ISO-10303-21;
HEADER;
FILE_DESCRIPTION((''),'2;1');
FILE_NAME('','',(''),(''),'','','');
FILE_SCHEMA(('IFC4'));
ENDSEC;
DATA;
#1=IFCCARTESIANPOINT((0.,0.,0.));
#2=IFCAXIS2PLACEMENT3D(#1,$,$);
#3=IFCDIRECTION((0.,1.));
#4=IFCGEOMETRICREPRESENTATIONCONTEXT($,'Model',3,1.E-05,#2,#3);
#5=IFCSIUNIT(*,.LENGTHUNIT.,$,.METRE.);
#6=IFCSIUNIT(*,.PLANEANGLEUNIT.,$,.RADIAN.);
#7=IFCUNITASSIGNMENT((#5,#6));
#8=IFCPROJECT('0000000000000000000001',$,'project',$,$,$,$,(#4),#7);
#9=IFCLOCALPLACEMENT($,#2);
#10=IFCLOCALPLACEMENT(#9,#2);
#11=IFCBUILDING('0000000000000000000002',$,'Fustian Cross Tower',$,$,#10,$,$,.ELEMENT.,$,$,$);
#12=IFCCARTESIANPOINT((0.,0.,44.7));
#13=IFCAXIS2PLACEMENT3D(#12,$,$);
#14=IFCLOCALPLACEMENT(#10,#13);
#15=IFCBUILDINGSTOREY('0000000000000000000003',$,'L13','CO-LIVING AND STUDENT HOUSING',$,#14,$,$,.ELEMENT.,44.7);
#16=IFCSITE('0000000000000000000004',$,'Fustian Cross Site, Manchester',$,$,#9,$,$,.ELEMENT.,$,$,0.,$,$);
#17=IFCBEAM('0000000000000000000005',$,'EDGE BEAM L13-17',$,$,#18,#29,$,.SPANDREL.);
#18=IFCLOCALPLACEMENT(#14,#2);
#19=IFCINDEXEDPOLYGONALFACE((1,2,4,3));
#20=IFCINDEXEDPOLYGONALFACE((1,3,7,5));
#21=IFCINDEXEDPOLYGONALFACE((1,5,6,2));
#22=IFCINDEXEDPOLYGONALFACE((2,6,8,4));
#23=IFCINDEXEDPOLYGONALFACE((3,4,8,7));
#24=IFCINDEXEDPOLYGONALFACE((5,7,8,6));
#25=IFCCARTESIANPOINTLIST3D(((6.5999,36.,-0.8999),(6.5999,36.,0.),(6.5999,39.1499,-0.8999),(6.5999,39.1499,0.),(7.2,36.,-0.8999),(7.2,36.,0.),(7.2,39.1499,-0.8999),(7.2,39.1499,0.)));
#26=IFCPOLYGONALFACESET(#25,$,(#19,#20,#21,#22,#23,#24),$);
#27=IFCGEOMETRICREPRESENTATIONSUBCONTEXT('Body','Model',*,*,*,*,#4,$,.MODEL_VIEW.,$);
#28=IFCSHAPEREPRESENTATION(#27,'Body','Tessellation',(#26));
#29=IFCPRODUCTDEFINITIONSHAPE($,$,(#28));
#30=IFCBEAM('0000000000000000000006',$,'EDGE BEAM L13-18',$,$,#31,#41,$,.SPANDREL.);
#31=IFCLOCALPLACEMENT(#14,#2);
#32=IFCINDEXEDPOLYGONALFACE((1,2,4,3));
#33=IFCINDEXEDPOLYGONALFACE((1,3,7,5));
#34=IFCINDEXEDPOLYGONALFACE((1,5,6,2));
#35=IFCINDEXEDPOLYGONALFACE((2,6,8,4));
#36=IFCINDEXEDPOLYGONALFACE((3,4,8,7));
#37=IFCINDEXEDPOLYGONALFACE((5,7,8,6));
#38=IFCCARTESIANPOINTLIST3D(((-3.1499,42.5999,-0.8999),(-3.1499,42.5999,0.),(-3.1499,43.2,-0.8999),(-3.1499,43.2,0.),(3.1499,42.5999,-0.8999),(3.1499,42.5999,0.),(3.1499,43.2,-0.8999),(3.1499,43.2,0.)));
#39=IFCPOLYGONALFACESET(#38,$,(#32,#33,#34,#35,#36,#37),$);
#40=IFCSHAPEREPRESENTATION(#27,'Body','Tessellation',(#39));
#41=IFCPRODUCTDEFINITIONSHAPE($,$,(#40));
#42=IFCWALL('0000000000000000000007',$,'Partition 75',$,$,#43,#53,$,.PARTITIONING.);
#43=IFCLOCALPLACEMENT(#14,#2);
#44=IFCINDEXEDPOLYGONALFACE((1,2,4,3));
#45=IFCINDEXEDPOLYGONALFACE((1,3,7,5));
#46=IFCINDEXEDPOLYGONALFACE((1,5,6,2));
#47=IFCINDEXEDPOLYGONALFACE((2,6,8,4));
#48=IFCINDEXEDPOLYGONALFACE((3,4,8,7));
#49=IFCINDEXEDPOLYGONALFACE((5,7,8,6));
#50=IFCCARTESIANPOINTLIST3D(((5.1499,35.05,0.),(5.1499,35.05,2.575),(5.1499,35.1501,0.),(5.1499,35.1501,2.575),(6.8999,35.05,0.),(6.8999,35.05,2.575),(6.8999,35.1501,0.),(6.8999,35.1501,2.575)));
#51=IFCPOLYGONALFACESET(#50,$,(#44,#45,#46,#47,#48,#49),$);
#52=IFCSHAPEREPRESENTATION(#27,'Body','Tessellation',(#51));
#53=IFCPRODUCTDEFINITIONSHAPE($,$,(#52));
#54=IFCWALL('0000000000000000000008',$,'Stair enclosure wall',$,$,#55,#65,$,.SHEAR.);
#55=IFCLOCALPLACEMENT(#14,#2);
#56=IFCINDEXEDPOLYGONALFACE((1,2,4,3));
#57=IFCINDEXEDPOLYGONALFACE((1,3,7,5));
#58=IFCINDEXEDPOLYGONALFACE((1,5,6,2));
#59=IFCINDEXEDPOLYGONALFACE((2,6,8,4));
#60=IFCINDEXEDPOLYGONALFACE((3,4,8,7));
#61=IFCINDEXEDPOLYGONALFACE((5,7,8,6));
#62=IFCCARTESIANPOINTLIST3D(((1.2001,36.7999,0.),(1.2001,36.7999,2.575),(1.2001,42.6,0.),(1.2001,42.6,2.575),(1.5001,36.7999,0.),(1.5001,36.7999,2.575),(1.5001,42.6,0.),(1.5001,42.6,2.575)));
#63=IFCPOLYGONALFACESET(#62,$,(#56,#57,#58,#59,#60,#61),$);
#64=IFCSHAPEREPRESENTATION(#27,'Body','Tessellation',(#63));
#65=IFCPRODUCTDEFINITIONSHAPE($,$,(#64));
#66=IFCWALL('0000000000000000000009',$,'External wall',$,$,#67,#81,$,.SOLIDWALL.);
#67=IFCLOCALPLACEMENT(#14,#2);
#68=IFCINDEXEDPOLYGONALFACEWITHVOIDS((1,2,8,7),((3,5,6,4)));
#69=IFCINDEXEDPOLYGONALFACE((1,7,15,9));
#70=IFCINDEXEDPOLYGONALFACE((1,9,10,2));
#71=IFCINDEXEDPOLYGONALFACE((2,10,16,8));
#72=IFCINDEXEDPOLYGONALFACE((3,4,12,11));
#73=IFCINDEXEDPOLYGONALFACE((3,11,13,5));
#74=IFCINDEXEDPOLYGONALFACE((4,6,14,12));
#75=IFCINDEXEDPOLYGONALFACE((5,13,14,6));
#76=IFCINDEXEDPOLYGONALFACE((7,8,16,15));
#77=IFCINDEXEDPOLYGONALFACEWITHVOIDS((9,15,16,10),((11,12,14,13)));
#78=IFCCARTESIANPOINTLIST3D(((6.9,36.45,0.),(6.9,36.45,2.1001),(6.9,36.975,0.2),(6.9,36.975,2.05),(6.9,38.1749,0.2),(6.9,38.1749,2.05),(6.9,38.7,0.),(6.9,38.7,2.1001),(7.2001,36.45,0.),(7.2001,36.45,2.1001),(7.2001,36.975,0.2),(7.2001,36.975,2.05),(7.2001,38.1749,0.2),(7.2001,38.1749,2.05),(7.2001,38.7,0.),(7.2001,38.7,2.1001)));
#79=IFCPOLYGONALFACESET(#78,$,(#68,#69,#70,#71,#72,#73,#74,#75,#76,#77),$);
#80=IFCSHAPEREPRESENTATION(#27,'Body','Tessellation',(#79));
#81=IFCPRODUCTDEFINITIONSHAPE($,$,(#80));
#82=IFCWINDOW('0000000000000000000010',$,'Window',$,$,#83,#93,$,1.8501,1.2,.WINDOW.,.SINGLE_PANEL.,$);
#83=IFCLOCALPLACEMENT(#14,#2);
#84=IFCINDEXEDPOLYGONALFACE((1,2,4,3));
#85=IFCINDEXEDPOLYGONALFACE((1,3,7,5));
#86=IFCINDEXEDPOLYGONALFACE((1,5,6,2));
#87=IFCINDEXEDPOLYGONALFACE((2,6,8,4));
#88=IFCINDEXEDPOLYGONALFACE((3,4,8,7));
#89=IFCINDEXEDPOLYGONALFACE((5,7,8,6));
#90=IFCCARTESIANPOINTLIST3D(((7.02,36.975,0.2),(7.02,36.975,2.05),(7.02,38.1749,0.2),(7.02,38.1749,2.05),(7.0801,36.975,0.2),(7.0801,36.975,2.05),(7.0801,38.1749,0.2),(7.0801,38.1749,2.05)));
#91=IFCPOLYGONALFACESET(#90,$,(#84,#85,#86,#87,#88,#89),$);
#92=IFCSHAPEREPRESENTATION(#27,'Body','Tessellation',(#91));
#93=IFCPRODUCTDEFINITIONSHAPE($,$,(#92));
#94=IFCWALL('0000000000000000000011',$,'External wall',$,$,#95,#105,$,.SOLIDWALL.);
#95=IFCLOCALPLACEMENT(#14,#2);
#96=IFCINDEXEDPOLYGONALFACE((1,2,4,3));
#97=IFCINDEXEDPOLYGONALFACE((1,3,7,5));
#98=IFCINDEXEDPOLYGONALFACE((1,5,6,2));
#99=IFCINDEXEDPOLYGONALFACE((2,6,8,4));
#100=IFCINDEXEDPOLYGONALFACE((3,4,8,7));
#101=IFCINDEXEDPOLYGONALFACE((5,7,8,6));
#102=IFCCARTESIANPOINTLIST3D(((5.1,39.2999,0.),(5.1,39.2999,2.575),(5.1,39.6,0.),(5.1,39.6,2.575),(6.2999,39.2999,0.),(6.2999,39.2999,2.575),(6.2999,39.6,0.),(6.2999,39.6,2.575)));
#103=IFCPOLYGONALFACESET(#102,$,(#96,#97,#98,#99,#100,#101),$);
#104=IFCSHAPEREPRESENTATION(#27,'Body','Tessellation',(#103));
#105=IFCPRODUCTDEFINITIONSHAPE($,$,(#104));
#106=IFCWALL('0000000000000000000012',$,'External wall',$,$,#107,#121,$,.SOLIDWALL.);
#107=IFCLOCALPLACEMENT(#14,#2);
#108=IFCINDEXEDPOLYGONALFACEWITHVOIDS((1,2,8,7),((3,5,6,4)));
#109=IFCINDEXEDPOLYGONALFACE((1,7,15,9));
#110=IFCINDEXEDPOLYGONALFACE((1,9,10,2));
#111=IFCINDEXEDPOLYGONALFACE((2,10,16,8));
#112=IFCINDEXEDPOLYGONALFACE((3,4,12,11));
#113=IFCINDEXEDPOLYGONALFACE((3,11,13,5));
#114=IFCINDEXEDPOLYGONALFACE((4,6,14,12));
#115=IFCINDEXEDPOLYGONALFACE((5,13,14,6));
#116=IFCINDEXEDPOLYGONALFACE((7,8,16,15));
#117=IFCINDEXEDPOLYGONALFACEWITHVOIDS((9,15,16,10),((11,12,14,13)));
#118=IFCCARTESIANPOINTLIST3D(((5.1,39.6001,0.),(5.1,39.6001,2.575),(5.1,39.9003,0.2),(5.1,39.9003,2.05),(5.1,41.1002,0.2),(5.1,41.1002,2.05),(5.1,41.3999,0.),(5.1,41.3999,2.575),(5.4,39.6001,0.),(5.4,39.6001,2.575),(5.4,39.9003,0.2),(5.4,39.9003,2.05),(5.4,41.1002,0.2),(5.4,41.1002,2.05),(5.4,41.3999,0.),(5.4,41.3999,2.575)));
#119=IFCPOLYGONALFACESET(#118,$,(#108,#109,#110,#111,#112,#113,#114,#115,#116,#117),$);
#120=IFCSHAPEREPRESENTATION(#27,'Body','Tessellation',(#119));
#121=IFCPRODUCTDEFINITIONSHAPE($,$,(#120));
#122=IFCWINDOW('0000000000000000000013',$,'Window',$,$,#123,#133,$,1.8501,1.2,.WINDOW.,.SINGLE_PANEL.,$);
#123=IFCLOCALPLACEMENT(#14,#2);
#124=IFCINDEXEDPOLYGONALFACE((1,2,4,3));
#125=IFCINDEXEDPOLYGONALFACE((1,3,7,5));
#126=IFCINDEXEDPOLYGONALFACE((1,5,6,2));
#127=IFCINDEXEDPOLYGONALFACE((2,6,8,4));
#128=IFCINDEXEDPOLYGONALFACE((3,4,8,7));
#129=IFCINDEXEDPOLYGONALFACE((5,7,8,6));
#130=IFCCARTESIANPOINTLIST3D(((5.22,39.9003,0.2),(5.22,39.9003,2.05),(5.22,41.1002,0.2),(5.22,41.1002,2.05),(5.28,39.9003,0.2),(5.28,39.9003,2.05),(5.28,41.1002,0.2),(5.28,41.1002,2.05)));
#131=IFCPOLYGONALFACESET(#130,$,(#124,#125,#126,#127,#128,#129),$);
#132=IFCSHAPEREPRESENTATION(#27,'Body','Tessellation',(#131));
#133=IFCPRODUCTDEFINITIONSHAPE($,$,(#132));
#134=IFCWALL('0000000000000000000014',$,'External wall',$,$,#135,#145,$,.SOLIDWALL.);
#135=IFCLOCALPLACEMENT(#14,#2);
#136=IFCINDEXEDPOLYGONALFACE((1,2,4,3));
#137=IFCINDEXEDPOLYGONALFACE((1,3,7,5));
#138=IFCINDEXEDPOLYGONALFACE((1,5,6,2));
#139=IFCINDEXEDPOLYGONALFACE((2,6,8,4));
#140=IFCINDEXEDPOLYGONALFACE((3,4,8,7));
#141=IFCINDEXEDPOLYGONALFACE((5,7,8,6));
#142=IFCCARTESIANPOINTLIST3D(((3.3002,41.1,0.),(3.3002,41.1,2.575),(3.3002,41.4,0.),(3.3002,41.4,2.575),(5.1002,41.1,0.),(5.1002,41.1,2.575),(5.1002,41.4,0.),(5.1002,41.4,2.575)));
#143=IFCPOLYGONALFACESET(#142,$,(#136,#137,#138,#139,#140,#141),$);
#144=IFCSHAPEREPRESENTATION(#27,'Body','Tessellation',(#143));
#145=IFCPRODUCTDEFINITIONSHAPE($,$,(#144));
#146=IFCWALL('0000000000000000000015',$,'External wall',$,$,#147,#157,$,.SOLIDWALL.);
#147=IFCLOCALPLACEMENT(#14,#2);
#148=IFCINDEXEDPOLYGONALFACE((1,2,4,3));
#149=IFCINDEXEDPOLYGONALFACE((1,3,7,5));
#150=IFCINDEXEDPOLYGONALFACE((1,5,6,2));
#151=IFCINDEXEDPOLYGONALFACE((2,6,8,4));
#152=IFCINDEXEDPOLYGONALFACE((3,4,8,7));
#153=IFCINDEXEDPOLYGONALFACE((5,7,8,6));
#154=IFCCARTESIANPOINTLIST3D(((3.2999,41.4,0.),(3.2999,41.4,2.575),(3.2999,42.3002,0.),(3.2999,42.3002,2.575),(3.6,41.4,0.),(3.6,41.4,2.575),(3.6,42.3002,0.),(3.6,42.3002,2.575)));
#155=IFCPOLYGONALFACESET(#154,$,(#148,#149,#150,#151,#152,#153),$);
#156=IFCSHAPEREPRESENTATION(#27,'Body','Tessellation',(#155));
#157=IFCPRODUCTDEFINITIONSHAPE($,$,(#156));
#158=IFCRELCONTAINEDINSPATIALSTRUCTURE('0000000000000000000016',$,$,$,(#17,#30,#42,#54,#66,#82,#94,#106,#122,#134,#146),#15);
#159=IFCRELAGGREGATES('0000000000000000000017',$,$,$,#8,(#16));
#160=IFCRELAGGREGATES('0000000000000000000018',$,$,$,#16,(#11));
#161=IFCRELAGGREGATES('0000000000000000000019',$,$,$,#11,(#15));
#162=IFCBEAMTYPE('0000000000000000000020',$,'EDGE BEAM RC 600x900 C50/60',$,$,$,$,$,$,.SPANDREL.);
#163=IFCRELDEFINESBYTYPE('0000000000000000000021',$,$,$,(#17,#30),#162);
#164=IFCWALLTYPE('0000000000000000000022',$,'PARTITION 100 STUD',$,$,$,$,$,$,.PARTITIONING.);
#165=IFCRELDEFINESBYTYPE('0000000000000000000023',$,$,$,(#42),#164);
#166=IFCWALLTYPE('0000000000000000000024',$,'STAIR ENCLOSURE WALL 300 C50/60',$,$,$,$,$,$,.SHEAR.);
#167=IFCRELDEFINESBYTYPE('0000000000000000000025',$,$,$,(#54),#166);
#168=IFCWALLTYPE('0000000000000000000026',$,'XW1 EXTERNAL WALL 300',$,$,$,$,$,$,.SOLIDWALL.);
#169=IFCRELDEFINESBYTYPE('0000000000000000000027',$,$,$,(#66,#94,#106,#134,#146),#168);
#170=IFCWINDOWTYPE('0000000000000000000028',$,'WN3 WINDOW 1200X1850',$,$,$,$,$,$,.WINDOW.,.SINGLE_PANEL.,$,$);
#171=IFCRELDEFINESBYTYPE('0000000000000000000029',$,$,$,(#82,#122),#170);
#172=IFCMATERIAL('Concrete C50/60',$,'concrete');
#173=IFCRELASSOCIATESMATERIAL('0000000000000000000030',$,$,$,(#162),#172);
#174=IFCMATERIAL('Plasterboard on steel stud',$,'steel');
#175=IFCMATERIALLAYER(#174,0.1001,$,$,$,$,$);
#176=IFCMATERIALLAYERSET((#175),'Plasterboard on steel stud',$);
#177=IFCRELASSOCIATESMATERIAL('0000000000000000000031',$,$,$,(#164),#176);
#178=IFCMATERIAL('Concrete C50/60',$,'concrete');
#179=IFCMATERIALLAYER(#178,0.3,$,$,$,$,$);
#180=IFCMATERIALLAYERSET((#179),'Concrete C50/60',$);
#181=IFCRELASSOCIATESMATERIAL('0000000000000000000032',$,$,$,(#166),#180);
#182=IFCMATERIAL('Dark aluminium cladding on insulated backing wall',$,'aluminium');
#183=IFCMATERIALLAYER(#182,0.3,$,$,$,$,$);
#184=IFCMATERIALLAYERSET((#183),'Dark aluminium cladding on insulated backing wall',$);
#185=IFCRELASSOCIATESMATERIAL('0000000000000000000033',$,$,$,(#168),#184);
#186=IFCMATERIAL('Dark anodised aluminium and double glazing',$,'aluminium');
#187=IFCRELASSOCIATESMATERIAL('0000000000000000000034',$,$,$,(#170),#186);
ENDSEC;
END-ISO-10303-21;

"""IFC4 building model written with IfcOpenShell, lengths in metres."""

from ifc_helpers import new_model, si_unit, direction, frame, frame_2d, origin, origin_2d, place, context, subcontext, project, spatial, rectangle, extrude, material, layer, layer_set, material_profile, profile_set, type_object, element, fill, save


model = new_model("IFC4")

# Units and contexts
model_context = context("Model", 3, precision=1e-05, world=origin(), true_north=direction((0.0, 1.0)))
body_context = subcontext(model_context, "Body", "Model", "MODEL_VIEW")
ifc_project = project(units=[si_unit("LENGTHUNIT", "METRE"), si_unit("PLANEANGLEUNIT", "RADIAN")], contexts=[model_context])

# Site, building, storey
site_placement = place(None, origin())
site = spatial("IfcSite", under=ifc_project, at=site_placement, Name="Fustian Cross Site, Manchester", CompositionType="ELEMENT", RefElevation=0.0)
building_placement = place(site_placement, origin())
building = spatial("IfcBuilding", under=site, at=building_placement, Name="Fustian Cross Tower", CompositionType="ELEMENT")
storey_placement = place(building_placement, frame((0.0, 0.0, 44.7)))
storey = spatial("IfcBuildingStorey", under=building, at=storey_placement, Name="L13", Description="CO-LIVING AND STUDENT HOUSING", CompositionType="ELEMENT", Elevation=44.7)

# Beams
ifc_material_1 = material(Name="Concrete C50/60", Category="concrete")
ifc_material_profile_1 = material_profile(ifc_material_1, rectangle(XDim=0.6001, YDim=0.8999, at=origin_2d()), Name="RC 600x900")
ifc_profile_set_1 = profile_set([ifc_material_profile_1], Name="Concrete C50/60")
beam_type = type_object("IfcBeamType", Name="EDGE BEAM RC 600x900 C50/60", PredefinedType="SPANDREL", material=ifc_profile_set_1)
beam_1_placement = place(storey_placement, frame((6.8999, 36.0, -0.45), z_axis=(0.0, 1.0, 0.0), x_axis=(-1.0, 0.0, 0.0)))
element("IfcBeam", 1, at=beam_1_placement, inside=storey, type_object=beam_type, Name="EDGE BEAM L13-17", PredefinedType="SPANDREL", context=body_context, shape_type="SweptSolid", body=[
    extrude(rectangle(XDim=0.6001, YDim=0.8999, at=origin_2d()), origin(), (0.0, 0.0, 1.0), 3.1499),
])
beam_2_placement = place(storey_placement, frame((3.1499, 42.8999, -0.45), z_axis=(-1.0, 0.0, 0.0), x_axis=(0.0, -1.0, 0.0)))
element("IfcBeam", 2, at=beam_2_placement, inside=storey, type_object=beam_type, Name="EDGE BEAM L13-18", PredefinedType="SPANDREL", context=body_context, shape_type="SweptSolid", body=[
    extrude(rectangle(XDim=0.6001, YDim=0.8999, at=origin_2d()), origin(), (0.0, 0.0, 1.0), 6.2998),
])

# Walls
ifc_material_2 = material(Name="Plasterboard on steel stud", Category="steel")
ifc_layer_1 = layer(ifc_material_2, 0.1001)
ifc_layer_set_1 = layer_set([ifc_layer_1], Name="Plasterboard on steel stud")
wall_type_1 = type_object("IfcWallType", Name="PARTITION 100 STUD", PredefinedType="PARTITIONING", material=ifc_layer_set_1)
wall_1_placement = place(storey_placement, frame((5.1499, 35.1001, 0.0), z_axis=(0.0, 0.0, 1.0), x_axis=(1.0, 0.0, 0.0)))
element("IfcWall", 3, at=wall_1_placement, inside=storey, type_object=wall_type_1, Name="Partition 75", PredefinedType="PARTITIONING", context=body_context, shape_type="SweptSolid", body=[
    extrude(rectangle(XDim=1.75, YDim=0.1001, at=frame_2d((0.875, 0.0))), origin(), (0.0, 0.0, 1.0), 2.575),
])
ifc_material_3 = material(Name="Concrete C50/60", Category="concrete")
ifc_layer_2 = layer(ifc_material_3, 0.3)
ifc_layer_set_2 = layer_set([ifc_layer_2], Name="Concrete C50/60")
wall_type_2 = type_object("IfcWallType", Name="STAIR ENCLOSURE WALL 300 C50/60", PredefinedType="SHEAR", material=ifc_layer_set_2)
wall_2_placement = place(storey_placement, frame((1.3501, 36.8, 0.0), z_axis=(0.0, 0.0, 1.0), x_axis=(0.0, 1.0, 0.0)))
element("IfcWall", 4, at=wall_2_placement, inside=storey, type_object=wall_type_2, Name="Stair enclosure wall", PredefinedType="SHEAR", context=body_context, shape_type="SweptSolid", body=[
    extrude(rectangle(XDim=5.8, YDim=0.3, at=frame_2d((2.8999, 0.0))), origin(), (0.0, 0.0, 1.0), 2.575),
])

# Wall, opening, window
ifc_material_4 = material(Name="Dark aluminium cladding on insulated backing wall", Category="aluminium")
ifc_layer_3 = layer(ifc_material_4, 0.3)
ifc_layer_set_3 = layer_set([ifc_layer_3], Name="Dark aluminium cladding on insulated backing wall")
wall_type_3 = type_object("IfcWallType", Name="XW1 EXTERNAL WALL 300", PredefinedType="SOLIDWALL", material=ifc_layer_set_3)
wall_3_placement = place(storey_placement, frame((7.05, 36.45, 0.0), z_axis=(0.0, 0.0, 1.0), x_axis=(0.0, 1.0, 0.0)))
wall_3 = element("IfcWall", 5, at=wall_3_placement, inside=storey, type_object=wall_type_3, Name="External wall", PredefinedType="SOLIDWALL", context=body_context, shape_type="SweptSolid", body=[
    extrude(rectangle(XDim=2.25, YDim=0.3, at=frame_2d((1.125, 0.0))), origin(), (0.0, 0.0, 1.0), 2.1001),
])
opening_1_placement = place(wall_3_placement, frame((0.5249, 0.0, 0.2)))
opening_1 = element("IfcOpeningElement", 6, at=opening_1_placement, cuts=wall_3, PredefinedType="OPENING", context=body_context, shape_type="SweptSolid", body=[
    extrude(rectangle(XDim=1.2, YDim=1.8501, at=frame_2d((0.6001, 0.925))), frame((0.0, 0.1599, 0.0), z_axis=(0.0, -1.0, 0.0), x_axis=(1.0, 0.0, 0.0)), (0.0, 0.0, 1.0), 0.3201),
])
ifc_material_5 = material(Name="Dark anodised aluminium and double glazing", Category="aluminium")
window_type_1 = type_object("IfcWindowType", Name="WN3 WINDOW 1200X1850", PartitioningType="SINGLE_PANEL", PredefinedType="WINDOW", material=ifc_material_5)
window_1_placement = place(opening_1_placement, origin())
window_1 = element("IfcWindow", 7, at=window_1_placement, inside=storey, type_object=window_type_1, Name="Window", OverallHeight=1.8501, OverallWidth=1.2, PartitioningType="SINGLE_PANEL", PredefinedType="WINDOW", context=body_context, shape_type="SweptSolid", body=[
    extrude(rectangle(XDim=1.2, YDim=1.8501, at=frame_2d((0.6001, 0.925))), frame((0.0, 0.03, 0.0), z_axis=(0.0, -1.0, 0.0), x_axis=(1.0, 0.0, 0.0)), (0.0, 0.0, 1.0), 0.0601),
])
fill(opening_1, window_1)

# Wall
wall_4_placement = place(storey_placement, frame((6.3, 39.45, 0.0), z_axis=(0.0, 0.0, 1.0), x_axis=(-1.0, 0.0, 0.0)))
element("IfcWall", 8, at=wall_4_placement, inside=storey, type_object=wall_type_3, Name="External wall", PredefinedType="SOLIDWALL", context=body_context, shape_type="SweptSolid", body=[
    extrude(rectangle(XDim=1.2, YDim=0.3, at=frame_2d((0.6001, 0.0))), origin(), (0.0, 0.0, 1.0), 2.575),
])

# Wall, opening, window
wall_5_placement = place(storey_placement, frame((5.25, 39.6001, 0.0), z_axis=(0.0, 0.0, 1.0), x_axis=(0.0, 1.0, 0.0)))
wall_5 = element("IfcWall", 9, at=wall_5_placement, inside=storey, type_object=wall_type_3, Name="External wall", PredefinedType="SOLIDWALL", context=body_context, shape_type="SweptSolid", body=[
    extrude(rectangle(XDim=1.7998, YDim=0.3, at=frame_2d((0.8999, 0.0))), origin(), (0.0, 0.0, 1.0), 2.575),
])
opening_2_placement = place(wall_5_placement, frame((0.3, 0.0, 0.2)))
opening_2 = element("IfcOpeningElement", 10, at=opening_2_placement, cuts=wall_5, PredefinedType="OPENING", context=body_context, shape_type="SweptSolid", body=[
    extrude(rectangle(XDim=1.2, YDim=1.8501, at=frame_2d((0.6001, 0.925))), frame((0.0, 0.1599, 0.0), z_axis=(0.0, -1.0, 0.0), x_axis=(1.0, 0.0, 0.0)), (0.0, 0.0, 1.0), 0.3201),
])
window_2_placement = place(opening_2_placement, origin())
window_2 = element("IfcWindow", 11, at=window_2_placement, inside=storey, type_object=window_type_1, Name="Window", OverallHeight=1.8501, OverallWidth=1.2, PartitioningType="SINGLE_PANEL", PredefinedType="WINDOW", context=body_context, shape_type="SweptSolid", body=[
    extrude(rectangle(XDim=1.2, YDim=1.8501, at=frame_2d((0.6001, 0.925))), frame((0.0, 0.03, 0.0), z_axis=(0.0, -1.0, 0.0), x_axis=(1.0, 0.0, 0.0)), (0.0, 0.0, 1.0), 0.0601),
])
fill(opening_2, window_2)

# Walls
wall_6_placement = place(storey_placement, frame((5.1001, 41.25, 0.0), z_axis=(0.0, 0.0, 1.0), x_axis=(-1.0, 0.0, 0.0)))
element("IfcWall", 12, at=wall_6_placement, inside=storey, type_object=wall_type_3, Name="External wall", PredefinedType="SOLIDWALL", context=body_context, shape_type="SweptSolid", body=[
    extrude(rectangle(XDim=1.8, YDim=0.3, at=frame_2d((0.8999, 0.0))), origin(), (0.0, 0.0, 1.0), 2.575),
])
wall_7_placement = place(storey_placement, frame((3.45, 41.3999, 0.0), z_axis=(0.0, 0.0, 1.0), x_axis=(0.0, 1.0, 0.0)))
element("IfcWall", 13, at=wall_7_placement, inside=storey, type_object=wall_type_3, Name="External wall", PredefinedType="SOLIDWALL", context=body_context, shape_type="SweptSolid", body=[
    extrude(rectangle(XDim=0.9001, YDim=0.3, at=frame_2d((0.4502, 0.0))), origin(), (0.0, 0.0, 1.0), 2.575),
])

save(model, "model.ifc")
